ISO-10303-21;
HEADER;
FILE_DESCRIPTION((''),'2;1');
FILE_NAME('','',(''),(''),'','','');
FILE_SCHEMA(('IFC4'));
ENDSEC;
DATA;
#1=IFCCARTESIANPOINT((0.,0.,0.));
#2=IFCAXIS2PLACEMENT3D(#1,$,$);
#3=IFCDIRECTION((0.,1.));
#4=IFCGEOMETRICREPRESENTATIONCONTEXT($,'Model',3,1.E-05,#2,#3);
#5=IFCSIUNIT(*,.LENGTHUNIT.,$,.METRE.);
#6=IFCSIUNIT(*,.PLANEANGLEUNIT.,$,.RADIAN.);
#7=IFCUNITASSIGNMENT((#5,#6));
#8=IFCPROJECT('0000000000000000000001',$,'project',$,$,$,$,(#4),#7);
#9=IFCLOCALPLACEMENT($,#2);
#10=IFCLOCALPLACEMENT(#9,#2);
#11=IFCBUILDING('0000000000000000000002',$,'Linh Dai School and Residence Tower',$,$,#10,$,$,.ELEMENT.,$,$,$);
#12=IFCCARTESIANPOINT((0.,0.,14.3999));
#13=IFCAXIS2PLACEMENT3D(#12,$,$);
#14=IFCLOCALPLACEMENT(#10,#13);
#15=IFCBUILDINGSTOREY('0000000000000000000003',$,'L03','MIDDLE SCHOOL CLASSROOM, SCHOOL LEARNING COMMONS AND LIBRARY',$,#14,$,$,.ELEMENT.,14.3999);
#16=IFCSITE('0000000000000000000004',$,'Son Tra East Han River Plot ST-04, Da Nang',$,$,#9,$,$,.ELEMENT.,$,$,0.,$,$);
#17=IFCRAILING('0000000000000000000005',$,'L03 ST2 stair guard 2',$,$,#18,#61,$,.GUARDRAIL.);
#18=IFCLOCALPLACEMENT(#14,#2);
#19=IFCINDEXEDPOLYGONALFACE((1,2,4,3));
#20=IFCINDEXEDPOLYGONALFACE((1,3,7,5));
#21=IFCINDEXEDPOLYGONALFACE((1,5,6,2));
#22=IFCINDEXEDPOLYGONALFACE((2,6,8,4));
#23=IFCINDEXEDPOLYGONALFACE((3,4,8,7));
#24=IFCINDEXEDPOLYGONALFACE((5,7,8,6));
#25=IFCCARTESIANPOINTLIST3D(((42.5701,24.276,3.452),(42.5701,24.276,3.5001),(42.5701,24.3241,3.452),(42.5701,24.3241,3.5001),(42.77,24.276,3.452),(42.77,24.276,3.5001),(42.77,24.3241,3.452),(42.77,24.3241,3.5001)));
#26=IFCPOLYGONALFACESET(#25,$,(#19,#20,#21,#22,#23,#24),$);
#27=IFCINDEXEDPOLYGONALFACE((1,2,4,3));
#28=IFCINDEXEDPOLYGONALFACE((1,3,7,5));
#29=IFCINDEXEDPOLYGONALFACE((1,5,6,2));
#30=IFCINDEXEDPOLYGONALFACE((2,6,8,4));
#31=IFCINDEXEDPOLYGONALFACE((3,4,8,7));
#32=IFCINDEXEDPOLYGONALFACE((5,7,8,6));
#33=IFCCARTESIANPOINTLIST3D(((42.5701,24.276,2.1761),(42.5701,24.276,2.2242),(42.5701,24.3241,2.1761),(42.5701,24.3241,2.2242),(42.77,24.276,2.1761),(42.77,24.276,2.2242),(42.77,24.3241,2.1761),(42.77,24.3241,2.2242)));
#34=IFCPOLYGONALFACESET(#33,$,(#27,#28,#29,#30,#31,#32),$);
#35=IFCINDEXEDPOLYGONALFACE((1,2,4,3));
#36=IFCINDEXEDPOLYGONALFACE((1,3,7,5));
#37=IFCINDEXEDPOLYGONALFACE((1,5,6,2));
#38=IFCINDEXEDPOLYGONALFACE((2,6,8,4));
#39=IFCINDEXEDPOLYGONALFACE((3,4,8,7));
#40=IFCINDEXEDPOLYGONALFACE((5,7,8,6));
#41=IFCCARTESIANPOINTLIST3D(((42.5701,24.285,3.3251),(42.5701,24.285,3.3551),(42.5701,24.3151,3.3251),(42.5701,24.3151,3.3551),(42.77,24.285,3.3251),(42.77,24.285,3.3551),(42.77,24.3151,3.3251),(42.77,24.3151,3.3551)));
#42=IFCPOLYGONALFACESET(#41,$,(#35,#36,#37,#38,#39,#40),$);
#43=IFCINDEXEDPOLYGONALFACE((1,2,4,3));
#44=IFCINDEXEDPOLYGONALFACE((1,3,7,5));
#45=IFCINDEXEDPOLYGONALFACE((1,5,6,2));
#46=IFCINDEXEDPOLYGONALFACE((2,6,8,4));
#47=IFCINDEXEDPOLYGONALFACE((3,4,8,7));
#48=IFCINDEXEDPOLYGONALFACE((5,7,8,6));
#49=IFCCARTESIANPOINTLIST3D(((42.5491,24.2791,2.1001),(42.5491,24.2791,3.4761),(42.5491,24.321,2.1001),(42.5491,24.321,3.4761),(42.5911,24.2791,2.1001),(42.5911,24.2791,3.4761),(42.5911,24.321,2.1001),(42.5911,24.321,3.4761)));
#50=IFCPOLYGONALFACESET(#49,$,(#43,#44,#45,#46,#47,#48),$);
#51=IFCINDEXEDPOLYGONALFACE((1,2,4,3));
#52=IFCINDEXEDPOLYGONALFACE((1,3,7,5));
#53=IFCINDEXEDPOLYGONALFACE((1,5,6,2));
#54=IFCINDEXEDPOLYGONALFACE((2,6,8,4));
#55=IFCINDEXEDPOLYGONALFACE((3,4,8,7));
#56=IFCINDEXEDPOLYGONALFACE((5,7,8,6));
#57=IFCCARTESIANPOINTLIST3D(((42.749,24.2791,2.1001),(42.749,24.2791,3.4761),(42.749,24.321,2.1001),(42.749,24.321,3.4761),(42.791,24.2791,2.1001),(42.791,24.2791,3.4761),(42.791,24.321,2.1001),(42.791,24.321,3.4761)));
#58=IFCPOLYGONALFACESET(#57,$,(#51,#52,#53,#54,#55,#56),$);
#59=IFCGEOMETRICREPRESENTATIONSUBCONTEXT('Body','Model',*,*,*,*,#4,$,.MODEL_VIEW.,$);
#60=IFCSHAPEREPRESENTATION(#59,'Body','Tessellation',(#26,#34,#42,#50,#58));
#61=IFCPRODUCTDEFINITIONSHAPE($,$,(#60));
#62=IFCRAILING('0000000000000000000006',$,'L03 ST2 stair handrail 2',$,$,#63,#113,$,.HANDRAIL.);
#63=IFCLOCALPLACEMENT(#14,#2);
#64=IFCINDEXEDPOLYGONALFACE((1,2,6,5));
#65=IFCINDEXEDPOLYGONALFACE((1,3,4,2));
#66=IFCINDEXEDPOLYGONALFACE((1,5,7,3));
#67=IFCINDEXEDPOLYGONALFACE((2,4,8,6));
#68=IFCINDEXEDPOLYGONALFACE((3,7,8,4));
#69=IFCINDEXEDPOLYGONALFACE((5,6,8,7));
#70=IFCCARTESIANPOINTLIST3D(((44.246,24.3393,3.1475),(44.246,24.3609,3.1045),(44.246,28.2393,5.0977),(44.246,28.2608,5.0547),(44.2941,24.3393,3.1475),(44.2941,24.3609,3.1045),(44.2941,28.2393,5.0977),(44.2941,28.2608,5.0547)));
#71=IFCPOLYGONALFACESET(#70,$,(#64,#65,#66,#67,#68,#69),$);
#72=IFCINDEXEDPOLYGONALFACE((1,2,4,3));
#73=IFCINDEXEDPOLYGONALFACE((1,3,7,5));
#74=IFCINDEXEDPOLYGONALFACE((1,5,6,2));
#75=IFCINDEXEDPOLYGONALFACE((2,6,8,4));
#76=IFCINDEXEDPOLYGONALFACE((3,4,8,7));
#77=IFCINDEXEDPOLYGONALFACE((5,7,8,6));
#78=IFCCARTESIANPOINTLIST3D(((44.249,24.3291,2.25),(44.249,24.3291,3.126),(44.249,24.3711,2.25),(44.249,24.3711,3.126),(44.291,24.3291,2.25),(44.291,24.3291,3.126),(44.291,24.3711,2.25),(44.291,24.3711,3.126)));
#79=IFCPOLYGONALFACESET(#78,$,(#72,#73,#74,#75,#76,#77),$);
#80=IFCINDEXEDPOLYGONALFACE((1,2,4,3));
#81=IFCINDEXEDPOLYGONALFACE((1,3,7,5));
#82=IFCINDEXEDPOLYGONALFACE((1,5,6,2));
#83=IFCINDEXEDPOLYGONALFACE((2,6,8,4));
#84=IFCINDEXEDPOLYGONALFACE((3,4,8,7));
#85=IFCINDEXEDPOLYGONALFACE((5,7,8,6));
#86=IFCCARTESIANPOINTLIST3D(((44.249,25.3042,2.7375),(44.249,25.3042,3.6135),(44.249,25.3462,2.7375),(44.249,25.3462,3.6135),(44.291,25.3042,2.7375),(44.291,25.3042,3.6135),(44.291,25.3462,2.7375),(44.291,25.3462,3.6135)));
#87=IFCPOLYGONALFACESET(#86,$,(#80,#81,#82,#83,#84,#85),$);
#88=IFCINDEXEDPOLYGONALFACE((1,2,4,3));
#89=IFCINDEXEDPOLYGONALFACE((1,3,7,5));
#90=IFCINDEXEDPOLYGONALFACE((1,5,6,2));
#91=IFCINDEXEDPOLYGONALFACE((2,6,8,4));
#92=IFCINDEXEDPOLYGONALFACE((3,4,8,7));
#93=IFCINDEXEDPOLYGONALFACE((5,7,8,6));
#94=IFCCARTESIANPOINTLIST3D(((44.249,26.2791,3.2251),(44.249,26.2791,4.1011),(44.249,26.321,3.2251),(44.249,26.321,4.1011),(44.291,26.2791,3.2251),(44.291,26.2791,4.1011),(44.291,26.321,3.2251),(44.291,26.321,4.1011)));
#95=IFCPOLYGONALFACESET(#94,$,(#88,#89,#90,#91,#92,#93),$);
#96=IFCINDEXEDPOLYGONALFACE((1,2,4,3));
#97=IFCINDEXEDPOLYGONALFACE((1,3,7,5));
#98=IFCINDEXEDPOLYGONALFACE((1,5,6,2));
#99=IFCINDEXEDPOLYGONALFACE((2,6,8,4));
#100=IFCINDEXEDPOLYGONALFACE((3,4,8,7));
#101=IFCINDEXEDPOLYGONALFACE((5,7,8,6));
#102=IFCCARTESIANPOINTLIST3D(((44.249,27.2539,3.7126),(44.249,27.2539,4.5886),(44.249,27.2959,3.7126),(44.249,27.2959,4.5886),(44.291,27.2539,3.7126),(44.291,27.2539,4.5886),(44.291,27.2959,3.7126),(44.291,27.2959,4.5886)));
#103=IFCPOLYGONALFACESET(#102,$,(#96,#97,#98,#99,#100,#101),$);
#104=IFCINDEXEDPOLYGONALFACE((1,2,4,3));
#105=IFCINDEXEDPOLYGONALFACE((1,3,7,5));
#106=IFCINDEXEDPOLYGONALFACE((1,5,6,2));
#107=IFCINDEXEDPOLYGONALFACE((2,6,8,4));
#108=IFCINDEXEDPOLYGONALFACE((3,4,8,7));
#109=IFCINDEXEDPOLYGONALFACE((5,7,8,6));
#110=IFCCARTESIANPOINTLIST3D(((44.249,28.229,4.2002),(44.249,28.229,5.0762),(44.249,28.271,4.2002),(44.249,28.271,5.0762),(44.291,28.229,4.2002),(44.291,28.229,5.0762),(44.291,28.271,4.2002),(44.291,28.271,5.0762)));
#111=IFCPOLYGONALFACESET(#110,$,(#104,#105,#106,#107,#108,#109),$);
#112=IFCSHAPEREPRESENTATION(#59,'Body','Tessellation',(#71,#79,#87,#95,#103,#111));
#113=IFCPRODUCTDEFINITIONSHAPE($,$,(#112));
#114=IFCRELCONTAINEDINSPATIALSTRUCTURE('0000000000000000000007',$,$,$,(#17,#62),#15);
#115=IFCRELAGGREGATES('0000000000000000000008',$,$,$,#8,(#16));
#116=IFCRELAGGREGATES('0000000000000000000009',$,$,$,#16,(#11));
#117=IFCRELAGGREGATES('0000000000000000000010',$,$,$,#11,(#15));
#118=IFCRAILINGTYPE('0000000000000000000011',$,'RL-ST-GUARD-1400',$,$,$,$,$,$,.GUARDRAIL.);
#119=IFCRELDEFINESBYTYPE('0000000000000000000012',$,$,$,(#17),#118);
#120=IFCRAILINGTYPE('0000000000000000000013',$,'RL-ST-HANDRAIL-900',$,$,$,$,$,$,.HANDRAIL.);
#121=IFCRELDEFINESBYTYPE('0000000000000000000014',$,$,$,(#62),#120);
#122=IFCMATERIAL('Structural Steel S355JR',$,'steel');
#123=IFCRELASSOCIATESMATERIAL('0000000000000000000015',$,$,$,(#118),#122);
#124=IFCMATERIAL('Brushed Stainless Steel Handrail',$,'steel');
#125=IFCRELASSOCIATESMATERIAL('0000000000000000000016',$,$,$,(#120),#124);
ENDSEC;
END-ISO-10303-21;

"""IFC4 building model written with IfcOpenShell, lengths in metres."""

from ifc_helpers import new_model, si_unit, direction, frame, origin, origin_2d, place, context, subcontext, project, spatial, rectangle, extrude, source, transform, mapped, material, type_object, element, save


model = new_model("IFC4")

# Units and contexts
model_context = context("Model", 3, precision=1e-05, world=origin(), true_north=direction((0.0, 1.0)))
body_context = subcontext(model_context, "Body", "Model", "MODEL_VIEW")
ifc_project = project(units=[si_unit("LENGTHUNIT", "METRE"), si_unit("PLANEANGLEUNIT", "RADIAN")], contexts=[model_context])

# Site, building, storey
site_placement = place(None, origin())
site = spatial("IfcSite", under=ifc_project, at=site_placement, Name="Son Tra East Han River Plot ST-04, Da Nang", CompositionType="ELEMENT", RefElevation=0.0)
building_placement = place(site_placement, origin())
building = spatial("IfcBuilding", under=site, at=building_placement, Name="Linh Dai School and Residence Tower", CompositionType="ELEMENT")
storey_placement = place(building_placement, frame((0.0, 0.0, 14.3999)))
storey = spatial("IfcBuildingStorey", under=building, at=storey_placement, Name="L03", Description="MIDDLE SCHOOL CLASSROOM, SCHOOL LEARNING COMMONS AND LIBRARY", CompositionType="ELEMENT", Elevation=14.3999)

# Shared definitions
ifc_material_1 = material(Name="Structural Steel S355JR", Category="steel")

# Railings
railing_type_1 = type_object("IfcRailingType", Name="RL-ST-GUARD-1400", PredefinedType="GUARDRAIL", material=ifc_material_1)
shared_shape_1 = source(origin(), body_context, "Body", "SweptSolid", [
    extrude(rectangle(XDim=0.0481, YDim=0.0481, at=origin_2d()), frame((0.0, 0.0, 1.376), z_axis=(1.0, 0.0, 0.0), x_axis=(0.0, 1.0, 0.0)), (0.0, 0.0, 1.0), 0.2),
    extrude(rectangle(XDim=0.0481, YDim=0.0481, at=origin_2d()), frame((0.0, 0.0, 0.1001), z_axis=(1.0, 0.0, 0.0), x_axis=(0.0, 1.0, 0.0)), (0.0, 0.0, 1.0), 0.2),
    extrude(rectangle(XDim=0.03, YDim=0.03, at=origin_2d()), frame((0.0, 0.0, 1.24), z_axis=(1.0, 0.0, 0.0), x_axis=(0.0, 1.0, 0.0)), (0.0, 0.0, 1.0), 0.2),
    extrude(rectangle(XDim=0.042, YDim=0.042, at=origin_2d()), origin(), (0.0, 0.0, 1.0), 1.376),
    extrude(rectangle(XDim=0.042, YDim=0.042, at=origin_2d()), frame((0.2, 0.0, 0.0)), (0.0, 0.0, 1.0), 1.376),
])
railing_1_placement = place(storey_placement, frame((42.5701, 24.3, 2.1001)))
element("IfcRailing", 1, at=railing_1_placement, inside=storey, type_object=railing_type_1, Name="L03 ST2 stair guard 2", PredefinedType="GUARDRAIL", context=body_context, shape_type="MappedRepresentation", body=[
    mapped(shared_shape_1, transform((0.0, 0.0, 0.0), x_axis=(1.0, 0.0, 0.0), y_axis=(0.0, 1.0, 0.0), z_axis=(0.0, 0.0, 1.0), scale=1.0)),
])
ifc_material_2 = material(Name="Brushed Stainless Steel Handrail", Category="steel")
railing_type_2 = type_object("IfcRailingType", Name="RL-ST-HANDRAIL-900", PredefinedType="HANDRAIL", material=ifc_material_2)
shared_shape_2 = source(origin(), body_context, "Body", "SweptSolid", [
    extrude(rectangle(XDim=0.0481, YDim=0.0481, at=origin_2d()), frame((0.0, 0.0, 0.876), z_axis=(0.0, 0.894405, 0.447258), x_axis=(-1.0, 0.0, 0.0)), (0.0, 0.0, 1.0), 4.3604),
    extrude(rectangle(XDim=0.042, YDim=0.042, at=origin_2d()), origin(), (0.0, 0.0, 1.0), 0.876),
    extrude(rectangle(XDim=0.042, YDim=0.042, at=origin_2d()), frame((0.0, 0.9751, 0.4875)), (0.0, 0.0, 1.0), 0.876),
    extrude(rectangle(XDim=0.042, YDim=0.042, at=origin_2d()), frame((0.0, 1.95, 0.9751)), (0.0, 0.0, 1.0), 0.876),
    extrude(rectangle(XDim=0.042, YDim=0.042, at=origin_2d()), frame((0.0, 2.9248, 1.4626)), (0.0, 0.0, 1.0), 0.876),
    extrude(rectangle(XDim=0.042, YDim=0.042, at=origin_2d()), frame((0.0, 3.8999, 1.9502)), (0.0, 0.0, 1.0), 0.876),
])
railing_2_placement = place(storey_placement, frame((44.27, 24.3501, 2.25)))
element("IfcRailing", 2, at=railing_2_placement, inside=storey, type_object=railing_type_2, Name="L03 ST2 stair handrail 2", PredefinedType="HANDRAIL", context=body_context, shape_type="MappedRepresentation", body=[
    mapped(shared_shape_2, transform((0.0, 0.0, 0.0), x_axis=(1.0, 0.0, 0.0), y_axis=(0.0, 1.0, 0.0), z_axis=(0.0, 0.0, 1.0), scale=1.0)),
])

save(model, "model.ifc")
